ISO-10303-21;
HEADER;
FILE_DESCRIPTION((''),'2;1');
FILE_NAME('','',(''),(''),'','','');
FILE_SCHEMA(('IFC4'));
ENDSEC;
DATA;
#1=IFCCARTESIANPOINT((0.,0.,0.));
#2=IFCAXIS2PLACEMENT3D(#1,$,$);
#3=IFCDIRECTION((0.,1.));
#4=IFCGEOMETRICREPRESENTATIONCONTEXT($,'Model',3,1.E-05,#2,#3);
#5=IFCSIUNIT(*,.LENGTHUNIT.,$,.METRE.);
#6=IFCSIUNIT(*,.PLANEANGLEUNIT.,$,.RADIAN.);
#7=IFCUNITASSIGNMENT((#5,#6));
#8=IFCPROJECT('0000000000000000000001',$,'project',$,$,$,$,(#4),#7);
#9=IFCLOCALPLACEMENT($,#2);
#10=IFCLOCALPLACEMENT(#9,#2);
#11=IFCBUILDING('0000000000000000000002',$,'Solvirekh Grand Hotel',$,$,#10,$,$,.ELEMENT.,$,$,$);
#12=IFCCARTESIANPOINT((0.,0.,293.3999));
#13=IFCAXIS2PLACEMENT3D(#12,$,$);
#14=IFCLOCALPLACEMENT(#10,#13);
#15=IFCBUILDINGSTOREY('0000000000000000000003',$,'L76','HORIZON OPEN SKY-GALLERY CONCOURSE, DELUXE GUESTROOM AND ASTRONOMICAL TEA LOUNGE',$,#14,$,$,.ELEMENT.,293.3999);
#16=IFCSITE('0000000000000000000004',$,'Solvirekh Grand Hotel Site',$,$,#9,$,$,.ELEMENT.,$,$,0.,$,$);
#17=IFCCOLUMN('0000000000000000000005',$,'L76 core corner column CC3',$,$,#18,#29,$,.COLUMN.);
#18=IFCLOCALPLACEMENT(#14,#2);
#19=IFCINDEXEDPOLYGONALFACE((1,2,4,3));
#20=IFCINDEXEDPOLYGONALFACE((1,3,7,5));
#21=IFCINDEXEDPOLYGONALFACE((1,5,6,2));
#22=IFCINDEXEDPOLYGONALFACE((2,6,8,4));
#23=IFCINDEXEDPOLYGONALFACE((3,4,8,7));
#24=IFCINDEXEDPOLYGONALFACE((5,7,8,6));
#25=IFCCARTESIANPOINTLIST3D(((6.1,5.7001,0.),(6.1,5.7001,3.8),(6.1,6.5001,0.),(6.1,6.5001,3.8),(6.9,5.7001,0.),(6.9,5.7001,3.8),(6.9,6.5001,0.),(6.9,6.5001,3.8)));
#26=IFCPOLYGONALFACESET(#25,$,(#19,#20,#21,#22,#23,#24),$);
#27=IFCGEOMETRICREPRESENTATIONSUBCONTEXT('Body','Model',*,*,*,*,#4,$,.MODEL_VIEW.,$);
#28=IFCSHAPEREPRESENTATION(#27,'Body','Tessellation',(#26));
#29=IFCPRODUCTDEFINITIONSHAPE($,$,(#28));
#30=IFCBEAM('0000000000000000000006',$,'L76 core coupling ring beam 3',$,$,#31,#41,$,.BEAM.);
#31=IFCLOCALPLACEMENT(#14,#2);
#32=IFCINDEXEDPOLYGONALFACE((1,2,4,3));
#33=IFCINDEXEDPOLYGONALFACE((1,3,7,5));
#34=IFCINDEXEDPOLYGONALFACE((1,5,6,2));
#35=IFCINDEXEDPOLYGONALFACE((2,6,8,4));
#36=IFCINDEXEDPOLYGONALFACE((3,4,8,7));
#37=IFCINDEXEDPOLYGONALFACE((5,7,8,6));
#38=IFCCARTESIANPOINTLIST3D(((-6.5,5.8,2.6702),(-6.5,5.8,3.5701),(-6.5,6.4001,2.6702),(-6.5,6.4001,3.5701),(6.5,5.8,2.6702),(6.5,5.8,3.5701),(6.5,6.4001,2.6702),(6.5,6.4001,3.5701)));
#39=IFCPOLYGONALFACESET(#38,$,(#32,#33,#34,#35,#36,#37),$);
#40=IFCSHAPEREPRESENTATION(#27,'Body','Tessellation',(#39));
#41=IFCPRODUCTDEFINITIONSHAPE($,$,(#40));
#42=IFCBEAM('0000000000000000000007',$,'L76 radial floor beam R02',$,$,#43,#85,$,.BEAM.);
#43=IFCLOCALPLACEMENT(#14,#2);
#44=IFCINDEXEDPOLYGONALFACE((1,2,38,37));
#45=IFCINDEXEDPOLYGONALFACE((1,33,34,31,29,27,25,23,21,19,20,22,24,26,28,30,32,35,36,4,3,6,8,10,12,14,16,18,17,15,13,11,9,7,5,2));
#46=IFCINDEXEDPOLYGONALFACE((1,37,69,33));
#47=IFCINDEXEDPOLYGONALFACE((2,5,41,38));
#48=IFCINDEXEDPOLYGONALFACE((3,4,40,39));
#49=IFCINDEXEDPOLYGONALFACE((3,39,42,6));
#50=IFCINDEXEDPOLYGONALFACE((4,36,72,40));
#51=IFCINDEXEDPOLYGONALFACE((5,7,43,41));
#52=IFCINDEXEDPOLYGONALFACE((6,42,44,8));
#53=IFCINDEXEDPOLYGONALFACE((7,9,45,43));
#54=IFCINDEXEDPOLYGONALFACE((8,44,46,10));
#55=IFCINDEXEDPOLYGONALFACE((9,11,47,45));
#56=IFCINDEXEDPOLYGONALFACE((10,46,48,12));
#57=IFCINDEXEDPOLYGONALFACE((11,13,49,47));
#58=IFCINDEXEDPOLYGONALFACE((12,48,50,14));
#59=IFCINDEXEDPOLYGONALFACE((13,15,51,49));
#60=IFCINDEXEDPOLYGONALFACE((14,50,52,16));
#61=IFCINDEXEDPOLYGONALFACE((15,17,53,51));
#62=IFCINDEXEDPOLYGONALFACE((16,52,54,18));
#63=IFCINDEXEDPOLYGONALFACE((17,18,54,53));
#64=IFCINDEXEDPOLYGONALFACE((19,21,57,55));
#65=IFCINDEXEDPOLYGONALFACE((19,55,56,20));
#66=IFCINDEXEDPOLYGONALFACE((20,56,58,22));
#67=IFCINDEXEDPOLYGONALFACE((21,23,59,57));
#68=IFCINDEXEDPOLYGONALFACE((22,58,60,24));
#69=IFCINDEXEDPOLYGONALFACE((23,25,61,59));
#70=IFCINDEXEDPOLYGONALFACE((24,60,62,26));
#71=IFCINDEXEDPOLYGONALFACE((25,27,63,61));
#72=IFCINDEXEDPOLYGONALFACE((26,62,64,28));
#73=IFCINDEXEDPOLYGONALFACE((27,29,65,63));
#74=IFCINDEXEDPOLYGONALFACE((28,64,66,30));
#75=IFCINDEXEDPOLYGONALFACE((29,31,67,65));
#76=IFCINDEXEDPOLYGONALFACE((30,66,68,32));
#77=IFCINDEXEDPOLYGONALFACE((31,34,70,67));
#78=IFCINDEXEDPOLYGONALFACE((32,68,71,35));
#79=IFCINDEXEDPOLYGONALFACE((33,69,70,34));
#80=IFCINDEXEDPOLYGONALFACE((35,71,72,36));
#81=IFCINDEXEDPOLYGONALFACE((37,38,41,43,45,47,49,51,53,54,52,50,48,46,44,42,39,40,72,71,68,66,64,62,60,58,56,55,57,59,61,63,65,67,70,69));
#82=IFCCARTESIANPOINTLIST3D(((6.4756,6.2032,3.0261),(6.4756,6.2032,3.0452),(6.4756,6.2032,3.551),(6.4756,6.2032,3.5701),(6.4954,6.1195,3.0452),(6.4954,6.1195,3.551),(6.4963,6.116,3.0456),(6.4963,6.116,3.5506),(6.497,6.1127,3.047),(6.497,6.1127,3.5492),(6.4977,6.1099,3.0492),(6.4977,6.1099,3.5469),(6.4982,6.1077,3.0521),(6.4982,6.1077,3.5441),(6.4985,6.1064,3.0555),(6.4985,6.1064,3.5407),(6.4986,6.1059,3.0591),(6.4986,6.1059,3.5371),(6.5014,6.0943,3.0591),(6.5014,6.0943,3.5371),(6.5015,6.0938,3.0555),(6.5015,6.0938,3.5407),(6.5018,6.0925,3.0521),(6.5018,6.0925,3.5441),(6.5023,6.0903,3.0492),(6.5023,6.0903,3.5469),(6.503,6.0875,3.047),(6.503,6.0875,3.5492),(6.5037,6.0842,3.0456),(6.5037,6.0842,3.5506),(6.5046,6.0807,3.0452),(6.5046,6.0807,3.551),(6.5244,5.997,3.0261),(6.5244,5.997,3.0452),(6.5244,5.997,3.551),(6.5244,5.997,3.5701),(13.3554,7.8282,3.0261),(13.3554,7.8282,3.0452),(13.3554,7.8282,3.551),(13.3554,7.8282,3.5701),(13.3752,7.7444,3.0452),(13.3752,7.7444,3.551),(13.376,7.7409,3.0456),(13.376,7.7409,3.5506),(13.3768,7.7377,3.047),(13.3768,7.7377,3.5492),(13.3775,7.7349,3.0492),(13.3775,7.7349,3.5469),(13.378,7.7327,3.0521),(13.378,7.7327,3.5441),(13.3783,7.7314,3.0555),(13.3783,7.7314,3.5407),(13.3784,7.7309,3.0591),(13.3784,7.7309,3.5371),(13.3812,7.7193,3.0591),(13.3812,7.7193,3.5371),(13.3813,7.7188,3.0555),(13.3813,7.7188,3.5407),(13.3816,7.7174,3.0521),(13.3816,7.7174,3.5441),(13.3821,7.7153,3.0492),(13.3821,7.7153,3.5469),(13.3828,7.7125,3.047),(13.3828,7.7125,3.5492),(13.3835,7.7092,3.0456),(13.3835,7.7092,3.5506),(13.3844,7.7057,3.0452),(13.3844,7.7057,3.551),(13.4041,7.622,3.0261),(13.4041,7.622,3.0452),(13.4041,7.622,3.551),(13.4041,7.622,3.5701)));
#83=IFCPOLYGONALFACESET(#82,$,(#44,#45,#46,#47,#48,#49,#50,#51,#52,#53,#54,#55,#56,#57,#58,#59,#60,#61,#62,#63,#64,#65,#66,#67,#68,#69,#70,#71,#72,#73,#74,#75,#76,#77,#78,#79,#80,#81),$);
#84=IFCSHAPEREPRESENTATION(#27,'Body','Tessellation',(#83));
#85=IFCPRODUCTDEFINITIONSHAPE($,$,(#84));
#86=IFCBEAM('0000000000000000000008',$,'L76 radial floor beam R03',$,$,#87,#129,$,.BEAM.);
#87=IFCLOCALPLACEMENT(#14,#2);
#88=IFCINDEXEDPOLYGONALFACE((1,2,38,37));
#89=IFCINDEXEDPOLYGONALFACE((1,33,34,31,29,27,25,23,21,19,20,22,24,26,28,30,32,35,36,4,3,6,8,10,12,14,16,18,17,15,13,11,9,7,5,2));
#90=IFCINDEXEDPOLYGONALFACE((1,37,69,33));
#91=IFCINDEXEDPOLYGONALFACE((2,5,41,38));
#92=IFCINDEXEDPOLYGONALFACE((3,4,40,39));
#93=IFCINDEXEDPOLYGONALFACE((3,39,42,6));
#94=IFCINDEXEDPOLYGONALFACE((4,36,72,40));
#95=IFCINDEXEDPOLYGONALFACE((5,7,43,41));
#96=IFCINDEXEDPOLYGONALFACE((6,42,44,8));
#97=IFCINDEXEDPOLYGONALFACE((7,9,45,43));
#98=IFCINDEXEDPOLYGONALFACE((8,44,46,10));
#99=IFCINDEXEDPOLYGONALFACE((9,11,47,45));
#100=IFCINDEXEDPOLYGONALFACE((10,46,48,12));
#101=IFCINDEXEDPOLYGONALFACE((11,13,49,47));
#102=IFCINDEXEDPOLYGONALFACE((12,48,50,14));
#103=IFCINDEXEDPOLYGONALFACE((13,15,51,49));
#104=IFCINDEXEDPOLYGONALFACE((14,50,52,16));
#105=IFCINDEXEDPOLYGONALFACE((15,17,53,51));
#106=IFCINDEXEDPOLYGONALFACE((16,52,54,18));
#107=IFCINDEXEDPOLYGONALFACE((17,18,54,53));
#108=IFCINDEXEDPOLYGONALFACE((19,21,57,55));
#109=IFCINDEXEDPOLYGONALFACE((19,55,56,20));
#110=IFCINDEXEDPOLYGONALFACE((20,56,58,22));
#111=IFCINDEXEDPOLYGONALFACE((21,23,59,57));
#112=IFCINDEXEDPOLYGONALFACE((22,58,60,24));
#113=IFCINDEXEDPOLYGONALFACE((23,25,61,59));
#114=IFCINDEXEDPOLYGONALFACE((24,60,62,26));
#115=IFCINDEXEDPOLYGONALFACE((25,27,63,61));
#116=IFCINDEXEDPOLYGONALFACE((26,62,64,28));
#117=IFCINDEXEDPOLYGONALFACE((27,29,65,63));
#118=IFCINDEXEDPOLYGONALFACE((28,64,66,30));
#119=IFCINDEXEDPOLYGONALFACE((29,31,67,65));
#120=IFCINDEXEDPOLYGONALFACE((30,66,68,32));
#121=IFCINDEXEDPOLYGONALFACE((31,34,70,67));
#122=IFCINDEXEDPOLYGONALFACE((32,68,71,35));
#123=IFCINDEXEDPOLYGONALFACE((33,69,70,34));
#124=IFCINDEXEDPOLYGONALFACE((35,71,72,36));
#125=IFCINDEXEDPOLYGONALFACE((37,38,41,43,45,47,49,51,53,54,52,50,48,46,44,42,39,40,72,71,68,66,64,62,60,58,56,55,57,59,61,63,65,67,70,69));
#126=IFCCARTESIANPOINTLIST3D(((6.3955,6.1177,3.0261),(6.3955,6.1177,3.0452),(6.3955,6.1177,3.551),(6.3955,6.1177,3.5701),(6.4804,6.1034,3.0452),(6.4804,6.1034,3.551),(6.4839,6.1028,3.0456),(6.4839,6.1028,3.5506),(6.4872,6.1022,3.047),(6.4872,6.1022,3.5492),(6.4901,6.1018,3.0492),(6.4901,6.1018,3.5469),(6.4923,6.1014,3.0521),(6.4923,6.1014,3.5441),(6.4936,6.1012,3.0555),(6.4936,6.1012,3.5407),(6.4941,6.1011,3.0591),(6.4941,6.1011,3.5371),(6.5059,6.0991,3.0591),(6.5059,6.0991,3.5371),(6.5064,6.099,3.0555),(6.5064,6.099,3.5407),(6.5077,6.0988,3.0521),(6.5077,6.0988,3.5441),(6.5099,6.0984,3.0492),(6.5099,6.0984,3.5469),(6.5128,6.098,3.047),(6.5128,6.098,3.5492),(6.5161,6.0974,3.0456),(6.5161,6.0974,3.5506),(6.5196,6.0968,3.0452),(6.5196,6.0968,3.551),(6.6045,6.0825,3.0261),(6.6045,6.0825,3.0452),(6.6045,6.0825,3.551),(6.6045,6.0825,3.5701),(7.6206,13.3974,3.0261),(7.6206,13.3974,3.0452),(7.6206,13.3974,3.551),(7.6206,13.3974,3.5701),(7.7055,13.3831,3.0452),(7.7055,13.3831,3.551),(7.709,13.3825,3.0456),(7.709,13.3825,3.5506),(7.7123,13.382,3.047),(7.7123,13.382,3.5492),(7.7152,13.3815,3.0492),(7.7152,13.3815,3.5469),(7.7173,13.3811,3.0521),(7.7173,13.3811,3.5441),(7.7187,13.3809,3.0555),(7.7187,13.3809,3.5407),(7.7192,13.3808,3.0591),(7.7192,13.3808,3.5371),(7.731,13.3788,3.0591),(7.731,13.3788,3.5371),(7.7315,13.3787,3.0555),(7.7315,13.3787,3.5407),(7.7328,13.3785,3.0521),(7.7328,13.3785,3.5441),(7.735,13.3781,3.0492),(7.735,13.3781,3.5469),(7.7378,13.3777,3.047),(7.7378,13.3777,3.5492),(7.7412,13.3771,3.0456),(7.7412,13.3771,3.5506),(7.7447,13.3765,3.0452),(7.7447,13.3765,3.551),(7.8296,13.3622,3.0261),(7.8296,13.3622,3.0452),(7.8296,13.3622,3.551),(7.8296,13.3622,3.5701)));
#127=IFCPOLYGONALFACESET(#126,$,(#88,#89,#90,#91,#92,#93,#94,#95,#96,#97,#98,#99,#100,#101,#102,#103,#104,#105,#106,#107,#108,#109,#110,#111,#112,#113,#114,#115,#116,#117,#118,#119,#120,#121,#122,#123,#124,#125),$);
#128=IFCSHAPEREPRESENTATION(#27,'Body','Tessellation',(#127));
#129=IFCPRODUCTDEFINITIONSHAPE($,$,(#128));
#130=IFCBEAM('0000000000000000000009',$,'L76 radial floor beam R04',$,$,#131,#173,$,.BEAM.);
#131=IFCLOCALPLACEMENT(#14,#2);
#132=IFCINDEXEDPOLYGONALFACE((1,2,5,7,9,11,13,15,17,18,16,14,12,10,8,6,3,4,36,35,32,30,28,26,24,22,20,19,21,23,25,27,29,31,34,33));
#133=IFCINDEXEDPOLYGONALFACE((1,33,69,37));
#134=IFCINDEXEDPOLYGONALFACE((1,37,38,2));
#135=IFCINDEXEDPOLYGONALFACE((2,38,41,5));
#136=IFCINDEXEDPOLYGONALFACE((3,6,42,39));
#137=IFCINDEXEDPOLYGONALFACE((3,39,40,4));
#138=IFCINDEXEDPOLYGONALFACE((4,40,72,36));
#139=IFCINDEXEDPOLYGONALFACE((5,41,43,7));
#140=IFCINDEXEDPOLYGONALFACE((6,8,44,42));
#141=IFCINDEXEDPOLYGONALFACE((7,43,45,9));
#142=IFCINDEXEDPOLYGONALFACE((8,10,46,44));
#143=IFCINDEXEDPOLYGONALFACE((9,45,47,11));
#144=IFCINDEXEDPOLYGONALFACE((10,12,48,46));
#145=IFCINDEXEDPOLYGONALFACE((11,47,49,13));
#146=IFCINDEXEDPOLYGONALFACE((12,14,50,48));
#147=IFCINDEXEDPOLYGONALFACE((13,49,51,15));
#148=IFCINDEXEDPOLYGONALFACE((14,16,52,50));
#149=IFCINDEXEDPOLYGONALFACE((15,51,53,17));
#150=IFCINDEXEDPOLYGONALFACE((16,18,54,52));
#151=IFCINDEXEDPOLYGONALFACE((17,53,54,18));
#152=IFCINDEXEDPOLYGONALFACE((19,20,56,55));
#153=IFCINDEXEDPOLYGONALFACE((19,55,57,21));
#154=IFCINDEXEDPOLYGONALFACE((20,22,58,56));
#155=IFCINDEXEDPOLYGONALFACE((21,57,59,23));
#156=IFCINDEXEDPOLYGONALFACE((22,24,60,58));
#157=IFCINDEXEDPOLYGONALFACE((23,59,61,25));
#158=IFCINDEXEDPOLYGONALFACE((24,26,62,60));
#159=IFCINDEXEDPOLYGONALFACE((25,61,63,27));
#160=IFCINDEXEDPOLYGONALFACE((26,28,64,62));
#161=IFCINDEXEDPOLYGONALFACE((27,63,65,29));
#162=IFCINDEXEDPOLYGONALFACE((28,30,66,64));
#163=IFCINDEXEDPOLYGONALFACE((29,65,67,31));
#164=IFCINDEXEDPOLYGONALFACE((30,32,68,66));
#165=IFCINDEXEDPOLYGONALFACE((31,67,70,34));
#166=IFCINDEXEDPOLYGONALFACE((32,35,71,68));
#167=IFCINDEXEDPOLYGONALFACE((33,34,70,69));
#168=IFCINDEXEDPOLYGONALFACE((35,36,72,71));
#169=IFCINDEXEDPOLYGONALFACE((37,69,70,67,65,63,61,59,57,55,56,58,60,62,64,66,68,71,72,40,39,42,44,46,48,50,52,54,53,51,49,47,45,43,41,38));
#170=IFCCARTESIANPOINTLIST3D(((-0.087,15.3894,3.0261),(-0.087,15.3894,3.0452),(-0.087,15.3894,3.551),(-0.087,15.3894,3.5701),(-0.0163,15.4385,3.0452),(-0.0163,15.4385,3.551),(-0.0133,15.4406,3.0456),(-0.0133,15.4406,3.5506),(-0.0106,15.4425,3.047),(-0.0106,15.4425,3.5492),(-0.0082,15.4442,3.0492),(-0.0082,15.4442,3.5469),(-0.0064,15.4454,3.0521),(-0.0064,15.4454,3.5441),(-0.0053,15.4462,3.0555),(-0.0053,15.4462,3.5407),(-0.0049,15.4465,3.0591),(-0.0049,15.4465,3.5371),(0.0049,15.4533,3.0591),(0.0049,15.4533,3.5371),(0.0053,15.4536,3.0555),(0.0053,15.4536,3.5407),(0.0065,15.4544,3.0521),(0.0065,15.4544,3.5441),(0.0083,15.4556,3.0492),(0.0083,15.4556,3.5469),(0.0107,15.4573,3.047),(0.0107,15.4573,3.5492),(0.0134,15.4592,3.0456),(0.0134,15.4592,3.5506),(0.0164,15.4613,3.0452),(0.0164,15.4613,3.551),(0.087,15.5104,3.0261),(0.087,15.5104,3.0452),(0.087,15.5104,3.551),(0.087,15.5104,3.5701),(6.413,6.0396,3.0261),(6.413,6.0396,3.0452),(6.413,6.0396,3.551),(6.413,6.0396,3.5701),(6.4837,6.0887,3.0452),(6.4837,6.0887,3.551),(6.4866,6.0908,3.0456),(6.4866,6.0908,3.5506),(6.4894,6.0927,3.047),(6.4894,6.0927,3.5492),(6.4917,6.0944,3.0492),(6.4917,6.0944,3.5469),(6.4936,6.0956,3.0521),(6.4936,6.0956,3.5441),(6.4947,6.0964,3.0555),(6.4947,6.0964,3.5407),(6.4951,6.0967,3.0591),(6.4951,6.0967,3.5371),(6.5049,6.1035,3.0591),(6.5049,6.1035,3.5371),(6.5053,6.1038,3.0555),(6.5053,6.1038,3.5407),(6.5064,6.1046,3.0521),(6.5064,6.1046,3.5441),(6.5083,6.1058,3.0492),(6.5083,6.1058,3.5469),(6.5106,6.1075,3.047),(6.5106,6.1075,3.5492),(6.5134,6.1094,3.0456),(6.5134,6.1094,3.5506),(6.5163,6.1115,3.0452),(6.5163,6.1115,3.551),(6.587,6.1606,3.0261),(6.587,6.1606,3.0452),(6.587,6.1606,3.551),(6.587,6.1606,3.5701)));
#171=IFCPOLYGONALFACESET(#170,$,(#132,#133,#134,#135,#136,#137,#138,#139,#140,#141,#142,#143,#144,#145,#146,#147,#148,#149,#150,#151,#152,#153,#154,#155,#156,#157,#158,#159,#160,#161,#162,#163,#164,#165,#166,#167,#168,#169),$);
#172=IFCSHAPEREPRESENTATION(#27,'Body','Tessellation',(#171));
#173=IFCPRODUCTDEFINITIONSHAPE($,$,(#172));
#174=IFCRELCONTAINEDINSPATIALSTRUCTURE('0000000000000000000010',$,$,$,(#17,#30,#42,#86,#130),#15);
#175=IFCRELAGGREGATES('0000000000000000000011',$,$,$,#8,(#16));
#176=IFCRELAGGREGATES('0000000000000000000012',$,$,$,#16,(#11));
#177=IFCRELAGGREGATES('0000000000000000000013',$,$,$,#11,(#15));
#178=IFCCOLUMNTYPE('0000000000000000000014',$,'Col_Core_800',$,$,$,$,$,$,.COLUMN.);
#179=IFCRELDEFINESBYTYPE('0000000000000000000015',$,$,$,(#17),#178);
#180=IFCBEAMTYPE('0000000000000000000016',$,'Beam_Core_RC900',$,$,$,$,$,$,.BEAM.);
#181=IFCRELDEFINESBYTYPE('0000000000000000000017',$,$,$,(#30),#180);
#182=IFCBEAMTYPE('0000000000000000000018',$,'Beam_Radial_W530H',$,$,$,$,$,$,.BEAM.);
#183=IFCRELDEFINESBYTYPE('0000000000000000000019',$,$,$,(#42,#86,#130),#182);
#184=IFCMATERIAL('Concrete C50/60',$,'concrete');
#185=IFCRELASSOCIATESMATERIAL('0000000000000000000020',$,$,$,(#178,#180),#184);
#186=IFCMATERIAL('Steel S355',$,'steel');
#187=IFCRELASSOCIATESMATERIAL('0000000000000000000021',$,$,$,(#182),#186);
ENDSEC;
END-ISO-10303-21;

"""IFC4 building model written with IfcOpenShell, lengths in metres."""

from ifc_helpers import new_model, si_unit, direction, frame, origin, origin_2d, place, context, subcontext, project, spatial, rectangle, i_section, extrude, material, material_profile, profile_set, type_object, element, save


model = new_model("IFC4")

# Units and contexts
model_context = context("Model", 3, precision=1e-05, world=origin(), true_north=direction((0.0, 1.0)))
body_context = subcontext(model_context, "Body", "Model", "MODEL_VIEW")
ifc_project = project(units=[si_unit("LENGTHUNIT", "METRE"), si_unit("PLANEANGLEUNIT", "RADIAN")], contexts=[model_context])

# Site, building, storey
site_placement = place(None, origin())
site = spatial("IfcSite", under=ifc_project, at=site_placement, Name="Solvirekh Grand Hotel Site", CompositionType="ELEMENT", RefElevation=0.0)
building_placement = place(site_placement, origin())
building = spatial("IfcBuilding", under=site, at=building_placement, Name="Solvirekh Grand Hotel", CompositionType="ELEMENT")
storey_placement = place(building_placement, frame((0.0, 0.0, 293.3999)))
storey = spatial("IfcBuildingStorey", under=building, at=storey_placement, Name="L76", Description="HORIZON OPEN SKY-GALLERY CONCOURSE, DELUXE GUESTROOM AND ASTRONOMICAL TEA LOUNGE", CompositionType="ELEMENT", Elevation=293.3999)

# Column
ifc_material_1 = material(Name="Concrete C50/60", Category="concrete")
ifc_material_profile_1 = material_profile(ifc_material_1, rectangle(XDim=0.8, YDim=0.8, at=origin_2d()), Name="RC 800X800")
ifc_profile_set_1 = profile_set([ifc_material_profile_1], Name="Concrete C50/60")
column_type = type_object("IfcColumnType", Name="Col_Core_800", PredefinedType="COLUMN", material=ifc_profile_set_1)
column_placement = place(storey_placement, frame((6.5, 6.1001, 0.0), z_axis=(0.0, 0.0, 1.0), x_axis=(1.0, 0.0, 0.0)))
element("IfcColumn", 1, at=column_placement, inside=storey, type_object=column_type, Name="L76 core corner column CC3", PredefinedType="COLUMN", context=body_context, shape_type="SweptSolid", body=[
    extrude(rectangle(XDim=0.8, YDim=0.8, at=origin_2d()), origin(), (0.0, 0.0, 1.0), 3.8),
])

# Beams
ifc_material_profile_2 = material_profile(ifc_material_1, rectangle(XDim=0.6001, YDim=0.8999, at=origin_2d()), Name="RC BEAM 600X900")
ifc_profile_set_2 = profile_set([ifc_material_profile_2], Name="Concrete C50/60")
beam_type_1 = type_object("IfcBeamType", Name="Beam_Core_RC900", PredefinedType="BEAM", material=ifc_profile_set_2)
beam_1_placement = place(storey_placement, frame((6.5, 6.1001, 3.1201), z_axis=(-1.0, 0.0, 0.0), x_axis=(0.0, -1.0, 0.0)))
element("IfcBeam", 2, at=beam_1_placement, inside=storey, type_object=beam_type_1, Name="L76 core coupling ring beam 3", PredefinedType="BEAM", context=body_context, shape_type="SweptSolid", body=[
    extrude(rectangle(XDim=0.6001, YDim=0.8999, at=origin_2d()), origin(), (0.0, 0.0, 1.0), 13.0),
])
ifc_material_2 = material(Name="Steel S355", Category="steel")
ifc_material_profile_3 = material_profile(ifc_material_2, i_section(OverallWidth=0.2119, OverallDepth=0.5439, WebThickness=0.012, FlangeThickness=0.019, FilletRadius=0.0139, at=origin_2d()), Name="W530X123")
ifc_profile_set_3 = profile_set([ifc_material_profile_3], Name="Steel S355")
beam_type_2 = type_object("IfcBeamType", Name="Beam_Radial_W530H", PredefinedType="BEAM", material=ifc_profile_set_3)
beam_2_placement = place(storey_placement, frame((6.5, 6.1001, 3.2981), z_axis=(0.973221, 0.229871, 0.0), x_axis=(-0.229871, 0.973221, 0.0)))
element("IfcBeam", 3, at=beam_2_placement, inside=storey, type_object=beam_type_2, Name="L76 radial floor beam R02", PredefinedType="BEAM", context=body_context, shape_type="SweptSolid", body=[
    extrude(i_section(OverallWidth=0.2119, OverallDepth=0.5439, WebThickness=0.012, FlangeThickness=0.019, FilletRadius=0.0139, at=origin_2d()), origin(), (0.0, 0.0, 1.0), 7.0691),
])
beam_3_placement = place(storey_placement, frame((6.5, 6.1001, 3.2981), z_axis=(0.165954, 0.986133, 0.0), x_axis=(-0.986133, 0.165954, 0.0)))
element("IfcBeam", 4, at=beam_3_placement, inside=storey, type_object=beam_type_2, Name="L76 radial floor beam R03", PredefinedType="BEAM", context=body_context, shape_type="SweptSolid", body=[
    extrude(i_section(OverallWidth=0.2119, OverallDepth=0.5439, WebThickness=0.012, FlangeThickness=0.019, FilletRadius=0.0139, at=origin_2d()), origin(), (0.0, 0.0, 1.0), 7.3821),
])
beam_4_placement = place(storey_placement, frame((6.5, 6.1001, 3.2981), z_axis=(-0.570813, 0.82108, 0.0), x_axis=(-0.82108, -0.570813, 0.0)))
element("IfcBeam", 5, at=beam_4_placement, inside=storey, type_object=beam_type_2, Name="L76 radial floor beam R04", PredefinedType="BEAM", context=body_context, shape_type="SweptSolid", body=[
    extrude(i_section(OverallWidth=0.2119, OverallDepth=0.5439, WebThickness=0.012, FlangeThickness=0.019, FilletRadius=0.0139, at=origin_2d()), origin(), (0.0, 0.0, 1.0), 11.3872),
])

save(model, "model.ifc")
